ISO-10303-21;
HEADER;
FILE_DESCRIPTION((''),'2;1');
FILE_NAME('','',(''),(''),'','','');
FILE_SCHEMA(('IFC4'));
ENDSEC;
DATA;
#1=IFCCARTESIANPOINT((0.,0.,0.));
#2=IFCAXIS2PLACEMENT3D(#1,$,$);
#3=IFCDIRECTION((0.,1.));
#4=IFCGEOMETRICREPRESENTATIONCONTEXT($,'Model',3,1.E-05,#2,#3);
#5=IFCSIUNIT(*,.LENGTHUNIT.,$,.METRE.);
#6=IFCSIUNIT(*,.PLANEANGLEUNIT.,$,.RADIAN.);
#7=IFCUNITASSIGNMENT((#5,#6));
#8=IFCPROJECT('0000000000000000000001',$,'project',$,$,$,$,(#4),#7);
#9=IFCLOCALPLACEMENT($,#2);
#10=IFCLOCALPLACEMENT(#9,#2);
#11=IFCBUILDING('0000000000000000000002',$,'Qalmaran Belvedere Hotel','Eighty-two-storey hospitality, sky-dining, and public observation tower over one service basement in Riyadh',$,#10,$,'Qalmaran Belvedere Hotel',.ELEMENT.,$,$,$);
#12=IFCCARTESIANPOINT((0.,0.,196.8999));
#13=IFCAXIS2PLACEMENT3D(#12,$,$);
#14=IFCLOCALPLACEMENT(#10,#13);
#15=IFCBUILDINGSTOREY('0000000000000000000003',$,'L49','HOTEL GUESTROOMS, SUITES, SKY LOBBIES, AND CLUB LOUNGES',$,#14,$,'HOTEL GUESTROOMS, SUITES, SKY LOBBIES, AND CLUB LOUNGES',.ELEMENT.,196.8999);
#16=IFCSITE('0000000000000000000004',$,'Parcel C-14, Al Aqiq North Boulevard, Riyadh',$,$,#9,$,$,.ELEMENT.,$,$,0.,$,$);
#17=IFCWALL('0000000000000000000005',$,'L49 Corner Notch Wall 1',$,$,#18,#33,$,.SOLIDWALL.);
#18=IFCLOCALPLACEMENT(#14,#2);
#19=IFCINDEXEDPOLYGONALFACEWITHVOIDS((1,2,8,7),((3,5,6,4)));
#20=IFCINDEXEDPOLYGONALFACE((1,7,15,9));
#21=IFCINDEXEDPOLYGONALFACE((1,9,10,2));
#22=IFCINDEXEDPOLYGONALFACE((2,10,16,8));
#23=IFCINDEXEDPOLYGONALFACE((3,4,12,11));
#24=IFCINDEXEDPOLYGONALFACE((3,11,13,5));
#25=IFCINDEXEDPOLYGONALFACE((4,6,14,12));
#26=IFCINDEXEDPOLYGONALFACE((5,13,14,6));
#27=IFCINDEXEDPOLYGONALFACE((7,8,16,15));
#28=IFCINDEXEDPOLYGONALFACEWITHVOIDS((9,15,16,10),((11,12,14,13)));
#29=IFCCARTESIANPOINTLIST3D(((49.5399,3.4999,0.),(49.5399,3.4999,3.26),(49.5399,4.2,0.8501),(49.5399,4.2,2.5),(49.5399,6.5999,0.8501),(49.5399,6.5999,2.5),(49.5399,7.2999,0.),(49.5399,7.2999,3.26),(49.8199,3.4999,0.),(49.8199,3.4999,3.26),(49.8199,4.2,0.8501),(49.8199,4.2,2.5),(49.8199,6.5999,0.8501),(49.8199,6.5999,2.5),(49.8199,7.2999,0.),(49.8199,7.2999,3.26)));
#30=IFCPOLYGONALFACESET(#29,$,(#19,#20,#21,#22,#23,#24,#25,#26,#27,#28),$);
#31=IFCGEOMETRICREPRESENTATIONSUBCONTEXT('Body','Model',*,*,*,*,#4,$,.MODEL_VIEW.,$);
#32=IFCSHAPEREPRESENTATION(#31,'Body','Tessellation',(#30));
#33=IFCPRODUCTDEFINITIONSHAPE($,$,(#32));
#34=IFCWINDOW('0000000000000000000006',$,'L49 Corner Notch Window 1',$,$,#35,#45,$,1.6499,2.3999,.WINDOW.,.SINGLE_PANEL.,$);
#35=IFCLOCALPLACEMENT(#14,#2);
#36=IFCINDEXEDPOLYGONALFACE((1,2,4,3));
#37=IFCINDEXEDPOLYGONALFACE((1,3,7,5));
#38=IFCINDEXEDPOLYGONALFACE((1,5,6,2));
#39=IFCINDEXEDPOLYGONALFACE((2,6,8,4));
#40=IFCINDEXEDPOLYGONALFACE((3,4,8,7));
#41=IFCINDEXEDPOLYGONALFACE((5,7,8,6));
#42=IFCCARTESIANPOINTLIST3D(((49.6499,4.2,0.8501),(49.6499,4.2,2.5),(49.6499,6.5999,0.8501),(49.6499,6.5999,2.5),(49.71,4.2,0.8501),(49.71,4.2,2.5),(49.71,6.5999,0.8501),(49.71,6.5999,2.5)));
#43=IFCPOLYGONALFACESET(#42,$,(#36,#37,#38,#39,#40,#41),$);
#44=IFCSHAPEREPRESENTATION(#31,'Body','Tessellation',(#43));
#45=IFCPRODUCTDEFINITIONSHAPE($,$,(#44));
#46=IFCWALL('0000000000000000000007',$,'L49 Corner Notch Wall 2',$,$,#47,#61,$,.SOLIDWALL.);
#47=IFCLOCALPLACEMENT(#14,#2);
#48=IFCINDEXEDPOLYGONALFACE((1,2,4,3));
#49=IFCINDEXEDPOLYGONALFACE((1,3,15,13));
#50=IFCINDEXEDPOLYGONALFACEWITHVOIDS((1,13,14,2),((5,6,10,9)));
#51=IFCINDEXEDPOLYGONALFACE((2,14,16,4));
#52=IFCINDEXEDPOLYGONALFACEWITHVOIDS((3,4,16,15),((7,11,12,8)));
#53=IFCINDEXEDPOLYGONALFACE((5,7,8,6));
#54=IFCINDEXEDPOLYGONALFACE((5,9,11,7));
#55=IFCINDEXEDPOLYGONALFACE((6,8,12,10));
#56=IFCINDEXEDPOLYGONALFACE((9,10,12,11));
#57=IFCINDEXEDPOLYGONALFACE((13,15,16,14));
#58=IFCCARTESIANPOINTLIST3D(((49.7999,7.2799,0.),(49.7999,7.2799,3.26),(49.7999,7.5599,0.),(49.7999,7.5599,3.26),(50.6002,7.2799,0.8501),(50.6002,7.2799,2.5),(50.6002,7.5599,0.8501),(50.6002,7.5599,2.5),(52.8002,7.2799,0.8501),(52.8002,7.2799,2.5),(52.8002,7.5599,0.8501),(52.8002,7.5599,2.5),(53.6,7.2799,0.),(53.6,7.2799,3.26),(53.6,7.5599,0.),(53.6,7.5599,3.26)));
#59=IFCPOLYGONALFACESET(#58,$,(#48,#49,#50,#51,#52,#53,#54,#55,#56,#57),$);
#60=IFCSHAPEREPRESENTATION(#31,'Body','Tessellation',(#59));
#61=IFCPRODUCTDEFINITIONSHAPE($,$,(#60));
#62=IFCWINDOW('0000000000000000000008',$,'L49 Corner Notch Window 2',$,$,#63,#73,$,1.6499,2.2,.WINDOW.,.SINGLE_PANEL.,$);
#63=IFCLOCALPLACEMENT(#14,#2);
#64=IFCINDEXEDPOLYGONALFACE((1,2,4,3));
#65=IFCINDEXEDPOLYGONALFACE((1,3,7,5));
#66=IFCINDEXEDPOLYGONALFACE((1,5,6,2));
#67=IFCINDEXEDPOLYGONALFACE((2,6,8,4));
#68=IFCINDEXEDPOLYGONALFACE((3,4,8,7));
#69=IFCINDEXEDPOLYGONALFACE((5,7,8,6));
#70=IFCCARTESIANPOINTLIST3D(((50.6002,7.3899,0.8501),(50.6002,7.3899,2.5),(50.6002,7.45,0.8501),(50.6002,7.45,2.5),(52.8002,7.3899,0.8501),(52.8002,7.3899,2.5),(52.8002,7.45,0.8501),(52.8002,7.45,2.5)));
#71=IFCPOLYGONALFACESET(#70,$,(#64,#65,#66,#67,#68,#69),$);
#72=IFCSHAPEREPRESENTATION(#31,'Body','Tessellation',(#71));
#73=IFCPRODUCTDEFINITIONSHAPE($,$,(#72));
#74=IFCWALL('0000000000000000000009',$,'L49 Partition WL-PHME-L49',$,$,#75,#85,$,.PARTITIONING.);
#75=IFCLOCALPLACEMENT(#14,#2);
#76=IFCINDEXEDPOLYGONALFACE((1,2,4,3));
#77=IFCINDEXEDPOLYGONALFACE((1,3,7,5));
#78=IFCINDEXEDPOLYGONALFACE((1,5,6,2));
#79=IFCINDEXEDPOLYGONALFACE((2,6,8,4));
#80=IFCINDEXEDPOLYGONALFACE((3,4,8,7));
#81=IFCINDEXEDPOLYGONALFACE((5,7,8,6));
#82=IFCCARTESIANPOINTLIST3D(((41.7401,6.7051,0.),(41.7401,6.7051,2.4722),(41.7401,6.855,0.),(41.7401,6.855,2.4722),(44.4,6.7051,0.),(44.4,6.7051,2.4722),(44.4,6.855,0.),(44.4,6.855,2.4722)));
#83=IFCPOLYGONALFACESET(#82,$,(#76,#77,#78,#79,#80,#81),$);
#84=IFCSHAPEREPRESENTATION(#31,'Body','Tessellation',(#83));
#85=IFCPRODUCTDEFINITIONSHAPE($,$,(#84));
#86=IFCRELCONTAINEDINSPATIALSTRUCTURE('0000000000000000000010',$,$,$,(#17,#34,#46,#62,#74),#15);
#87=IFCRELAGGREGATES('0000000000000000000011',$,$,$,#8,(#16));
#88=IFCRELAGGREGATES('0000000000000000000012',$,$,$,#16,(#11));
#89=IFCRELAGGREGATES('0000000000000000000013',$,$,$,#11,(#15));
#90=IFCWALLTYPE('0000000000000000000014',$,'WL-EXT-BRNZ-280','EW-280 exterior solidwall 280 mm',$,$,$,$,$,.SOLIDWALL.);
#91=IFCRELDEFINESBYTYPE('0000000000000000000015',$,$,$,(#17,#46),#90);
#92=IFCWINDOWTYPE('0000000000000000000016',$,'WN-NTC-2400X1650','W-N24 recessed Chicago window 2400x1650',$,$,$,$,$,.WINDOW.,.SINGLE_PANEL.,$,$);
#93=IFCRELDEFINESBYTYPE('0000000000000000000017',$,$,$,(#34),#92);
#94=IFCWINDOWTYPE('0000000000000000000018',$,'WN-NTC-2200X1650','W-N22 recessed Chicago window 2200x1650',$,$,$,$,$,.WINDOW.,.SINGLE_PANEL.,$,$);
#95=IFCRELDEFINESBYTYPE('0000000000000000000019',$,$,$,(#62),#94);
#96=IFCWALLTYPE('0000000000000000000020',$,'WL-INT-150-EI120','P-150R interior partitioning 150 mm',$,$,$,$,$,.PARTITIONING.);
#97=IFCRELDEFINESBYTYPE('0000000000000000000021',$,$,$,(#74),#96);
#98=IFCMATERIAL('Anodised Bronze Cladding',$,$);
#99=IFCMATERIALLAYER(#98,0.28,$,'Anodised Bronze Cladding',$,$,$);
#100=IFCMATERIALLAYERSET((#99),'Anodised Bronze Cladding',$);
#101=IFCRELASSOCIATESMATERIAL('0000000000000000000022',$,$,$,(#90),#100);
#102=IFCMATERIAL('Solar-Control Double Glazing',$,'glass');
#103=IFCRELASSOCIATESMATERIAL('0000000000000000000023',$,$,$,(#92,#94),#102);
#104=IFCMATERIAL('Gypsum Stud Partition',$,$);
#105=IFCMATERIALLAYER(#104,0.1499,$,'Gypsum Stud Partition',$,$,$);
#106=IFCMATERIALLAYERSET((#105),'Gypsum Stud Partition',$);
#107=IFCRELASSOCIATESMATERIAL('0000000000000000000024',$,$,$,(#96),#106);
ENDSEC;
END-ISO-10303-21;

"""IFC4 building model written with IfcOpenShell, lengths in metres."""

from ifc_helpers import new_model, si_unit, direction, frame, frame_2d, origin, place, context, subcontext, project, spatial, rectangle, extrude, material, layer, layer_set, type_object, element, fill, save


model = new_model("IFC4")

# Units and contexts
model_context = context("Model", 3, precision=1e-05, world=origin(), true_north=direction((0.0, 1.0)))
body_context = subcontext(model_context, "Body", "Model", "MODEL_VIEW")
ifc_project = project(units=[si_unit("LENGTHUNIT", "METRE"), si_unit("PLANEANGLEUNIT", "RADIAN")], contexts=[model_context])

# Site, building, storey
site_placement = place(None, origin())
site = spatial("IfcSite", under=ifc_project, at=site_placement, Name="Parcel C-14, Al Aqiq North Boulevard, Riyadh", CompositionType="ELEMENT", RefElevation=0.0)
building_placement = place(site_placement, origin())
building = spatial("IfcBuilding", under=site, at=building_placement, Name="Qalmaran Belvedere Hotel", Description="Eighty-two-storey hospitality, sky-dining, and public observation tower over one service basement in Riyadh", LongName="Qalmaran Belvedere Hotel", CompositionType="ELEMENT")
storey_placement = place(building_placement, frame((0.0, 0.0, 196.8999)))
storey = spatial("IfcBuildingStorey", under=building, at=storey_placement, Name="L49", Description="HOTEL GUESTROOMS, SUITES, SKY LOBBIES, AND CLUB LOUNGES", LongName="HOTEL GUESTROOMS, SUITES, SKY LOBBIES, AND CLUB LOUNGES", CompositionType="ELEMENT", Elevation=196.8999)

# Shared definitions
ifc_material_1 = material(Name="Solar-Control Double Glazing", Category="glass")

# Walls, openings, windows
ifc_material_2 = material(Name="Anodised Bronze Cladding")
ifc_layer_1 = layer(ifc_material_2, 0.28, Name="Anodised Bronze Cladding")
ifc_layer_set_1 = layer_set([ifc_layer_1], Name="Anodised Bronze Cladding")
wall_type_1 = type_object("IfcWallType", Name="WL-EXT-BRNZ-280", Description="EW-280 exterior solidwall 280 mm", PredefinedType="SOLIDWALL", material=ifc_layer_set_1)
wall_1_placement = place(storey_placement, frame((49.6799, 3.5, 0.0), z_axis=(0.0, 0.0, 1.0), x_axis=(0.0, 1.0, 0.0)))
wall_1 = element("IfcWall", 1, at=wall_1_placement, inside=storey, type_object=wall_type_1, Name="L49 Corner Notch Wall 1", PredefinedType="SOLIDWALL", context=body_context, shape_type="SweptSolid", body=[
    extrude(rectangle(XDim=3.8, YDim=0.28, at=frame_2d((1.8999, 0.0))), origin(), (0.0, 0.0, 1.0), 3.26),
])
opening_1_placement = place(wall_1_placement, frame((0.7, 0.0, 0.8501)))
opening_1 = element("IfcOpeningElement", 2, at=opening_1_placement, cuts=wall_1, PredefinedType="OPENING", context=body_context, shape_type="SweptSolid", body=[
    extrude(rectangle(XDim=2.3999, YDim=1.6499, at=frame_2d((1.2, 0.825))), frame((0.0, 0.1499, 0.0), z_axis=(0.0, -1.0, 0.0), x_axis=(1.0, 0.0, 0.0)), (0.0, 0.0, 1.0), 0.3),
])
window_type_1 = type_object("IfcWindowType", Name="WN-NTC-2400X1650", Description="W-N24 recessed Chicago window 2400x1650", PartitioningType="SINGLE_PANEL", PredefinedType="WINDOW", material=ifc_material_1)
window_1_placement = place(opening_1_placement, origin())
window_1 = element("IfcWindow", 3, at=window_1_placement, inside=storey, type_object=window_type_1, Name="L49 Corner Notch Window 1", OverallHeight=1.6499, OverallWidth=2.3999, PartitioningType="SINGLE_PANEL", PredefinedType="WINDOW", context=body_context, shape_type="SweptSolid", body=[
    extrude(rectangle(XDim=2.3999, YDim=1.6499, at=frame_2d((1.2, 0.825))), frame((0.0, 0.03, 0.0), z_axis=(0.0, -1.0, 0.0), x_axis=(1.0, 0.0, 0.0)), (0.0, 0.0, 1.0), 0.0601),
])
fill(opening_1, window_1)
wall_2_placement = place(storey_placement, frame((49.8, 7.4199, 0.0), z_axis=(0.0, 0.0, 1.0), x_axis=(1.0, 0.0, 0.0)))
wall_2 = element("IfcWall", 4, at=wall_2_placement, inside=storey, type_object=wall_type_1, Name="L49 Corner Notch Wall 2", PredefinedType="SOLIDWALL", context=body_context, shape_type="SweptSolid", body=[
    extrude(rectangle(XDim=3.8, YDim=0.28, at=frame_2d((1.8999, 0.0))), origin(), (0.0, 0.0, 1.0), 3.26),
])
opening_2_placement = place(wall_2_placement, frame((0.8, 0.0, 0.8501)))
opening_2 = element("IfcOpeningElement", 5, at=opening_2_placement, cuts=wall_2, PredefinedType="OPENING", context=body_context, shape_type="SweptSolid", body=[
    extrude(rectangle(XDim=2.2, YDim=1.6499, at=frame_2d((1.1001, 0.825))), frame((0.0, 0.1499, 0.0), z_axis=(0.0, -1.0, 0.0), x_axis=(1.0, 0.0, 0.0)), (0.0, 0.0, 1.0), 0.3),
])
window_type_2 = type_object("IfcWindowType", Name="WN-NTC-2200X1650", Description="W-N22 recessed Chicago window 2200x1650", PartitioningType="SINGLE_PANEL", PredefinedType="WINDOW", material=ifc_material_1)
window_2_placement = place(opening_2_placement, origin())
window_2 = element("IfcWindow", 6, at=window_2_placement, inside=storey, type_object=window_type_2, Name="L49 Corner Notch Window 2", OverallHeight=1.6499, OverallWidth=2.2, PartitioningType="SINGLE_PANEL", PredefinedType="WINDOW", context=body_context, shape_type="SweptSolid", body=[
    extrude(rectangle(XDim=2.2, YDim=1.6499, at=frame_2d((1.1001, 0.825))), frame((0.0, 0.03, 0.0), z_axis=(0.0, -1.0, 0.0), x_axis=(1.0, 0.0, 0.0)), (0.0, 0.0, 1.0), 0.0601),
])
fill(opening_2, window_2)

# Wall
ifc_material_3 = material(Name="Gypsum Stud Partition")
ifc_layer_2 = layer(ifc_material_3, 0.1499, Name="Gypsum Stud Partition")
ifc_layer_set_2 = layer_set([ifc_layer_2], Name="Gypsum Stud Partition")
wall_type_2 = type_object("IfcWallType", Name="WL-INT-150-EI120", Description="P-150R interior partitioning 150 mm", PredefinedType="PARTITIONING", material=ifc_layer_set_2)
wall_3_placement = place(storey_placement, frame((41.74, 6.78, 0.0), z_axis=(0.0, 0.0, 1.0), x_axis=(1.0, 0.0, 0.0)))
element("IfcWall", 7, at=wall_3_placement, inside=storey, type_object=wall_type_2, Name="L49 Partition WL-PHME-L49", PredefinedType="PARTITIONING", context=body_context, shape_type="SweptSolid", body=[
    extrude(rectangle(XDim=2.6599, YDim=0.1499, at=frame_2d((1.3301, 0.0))), origin(), (0.0, 0.0, 1.0), 2.4722),
])

save(model, "model.ifc")
